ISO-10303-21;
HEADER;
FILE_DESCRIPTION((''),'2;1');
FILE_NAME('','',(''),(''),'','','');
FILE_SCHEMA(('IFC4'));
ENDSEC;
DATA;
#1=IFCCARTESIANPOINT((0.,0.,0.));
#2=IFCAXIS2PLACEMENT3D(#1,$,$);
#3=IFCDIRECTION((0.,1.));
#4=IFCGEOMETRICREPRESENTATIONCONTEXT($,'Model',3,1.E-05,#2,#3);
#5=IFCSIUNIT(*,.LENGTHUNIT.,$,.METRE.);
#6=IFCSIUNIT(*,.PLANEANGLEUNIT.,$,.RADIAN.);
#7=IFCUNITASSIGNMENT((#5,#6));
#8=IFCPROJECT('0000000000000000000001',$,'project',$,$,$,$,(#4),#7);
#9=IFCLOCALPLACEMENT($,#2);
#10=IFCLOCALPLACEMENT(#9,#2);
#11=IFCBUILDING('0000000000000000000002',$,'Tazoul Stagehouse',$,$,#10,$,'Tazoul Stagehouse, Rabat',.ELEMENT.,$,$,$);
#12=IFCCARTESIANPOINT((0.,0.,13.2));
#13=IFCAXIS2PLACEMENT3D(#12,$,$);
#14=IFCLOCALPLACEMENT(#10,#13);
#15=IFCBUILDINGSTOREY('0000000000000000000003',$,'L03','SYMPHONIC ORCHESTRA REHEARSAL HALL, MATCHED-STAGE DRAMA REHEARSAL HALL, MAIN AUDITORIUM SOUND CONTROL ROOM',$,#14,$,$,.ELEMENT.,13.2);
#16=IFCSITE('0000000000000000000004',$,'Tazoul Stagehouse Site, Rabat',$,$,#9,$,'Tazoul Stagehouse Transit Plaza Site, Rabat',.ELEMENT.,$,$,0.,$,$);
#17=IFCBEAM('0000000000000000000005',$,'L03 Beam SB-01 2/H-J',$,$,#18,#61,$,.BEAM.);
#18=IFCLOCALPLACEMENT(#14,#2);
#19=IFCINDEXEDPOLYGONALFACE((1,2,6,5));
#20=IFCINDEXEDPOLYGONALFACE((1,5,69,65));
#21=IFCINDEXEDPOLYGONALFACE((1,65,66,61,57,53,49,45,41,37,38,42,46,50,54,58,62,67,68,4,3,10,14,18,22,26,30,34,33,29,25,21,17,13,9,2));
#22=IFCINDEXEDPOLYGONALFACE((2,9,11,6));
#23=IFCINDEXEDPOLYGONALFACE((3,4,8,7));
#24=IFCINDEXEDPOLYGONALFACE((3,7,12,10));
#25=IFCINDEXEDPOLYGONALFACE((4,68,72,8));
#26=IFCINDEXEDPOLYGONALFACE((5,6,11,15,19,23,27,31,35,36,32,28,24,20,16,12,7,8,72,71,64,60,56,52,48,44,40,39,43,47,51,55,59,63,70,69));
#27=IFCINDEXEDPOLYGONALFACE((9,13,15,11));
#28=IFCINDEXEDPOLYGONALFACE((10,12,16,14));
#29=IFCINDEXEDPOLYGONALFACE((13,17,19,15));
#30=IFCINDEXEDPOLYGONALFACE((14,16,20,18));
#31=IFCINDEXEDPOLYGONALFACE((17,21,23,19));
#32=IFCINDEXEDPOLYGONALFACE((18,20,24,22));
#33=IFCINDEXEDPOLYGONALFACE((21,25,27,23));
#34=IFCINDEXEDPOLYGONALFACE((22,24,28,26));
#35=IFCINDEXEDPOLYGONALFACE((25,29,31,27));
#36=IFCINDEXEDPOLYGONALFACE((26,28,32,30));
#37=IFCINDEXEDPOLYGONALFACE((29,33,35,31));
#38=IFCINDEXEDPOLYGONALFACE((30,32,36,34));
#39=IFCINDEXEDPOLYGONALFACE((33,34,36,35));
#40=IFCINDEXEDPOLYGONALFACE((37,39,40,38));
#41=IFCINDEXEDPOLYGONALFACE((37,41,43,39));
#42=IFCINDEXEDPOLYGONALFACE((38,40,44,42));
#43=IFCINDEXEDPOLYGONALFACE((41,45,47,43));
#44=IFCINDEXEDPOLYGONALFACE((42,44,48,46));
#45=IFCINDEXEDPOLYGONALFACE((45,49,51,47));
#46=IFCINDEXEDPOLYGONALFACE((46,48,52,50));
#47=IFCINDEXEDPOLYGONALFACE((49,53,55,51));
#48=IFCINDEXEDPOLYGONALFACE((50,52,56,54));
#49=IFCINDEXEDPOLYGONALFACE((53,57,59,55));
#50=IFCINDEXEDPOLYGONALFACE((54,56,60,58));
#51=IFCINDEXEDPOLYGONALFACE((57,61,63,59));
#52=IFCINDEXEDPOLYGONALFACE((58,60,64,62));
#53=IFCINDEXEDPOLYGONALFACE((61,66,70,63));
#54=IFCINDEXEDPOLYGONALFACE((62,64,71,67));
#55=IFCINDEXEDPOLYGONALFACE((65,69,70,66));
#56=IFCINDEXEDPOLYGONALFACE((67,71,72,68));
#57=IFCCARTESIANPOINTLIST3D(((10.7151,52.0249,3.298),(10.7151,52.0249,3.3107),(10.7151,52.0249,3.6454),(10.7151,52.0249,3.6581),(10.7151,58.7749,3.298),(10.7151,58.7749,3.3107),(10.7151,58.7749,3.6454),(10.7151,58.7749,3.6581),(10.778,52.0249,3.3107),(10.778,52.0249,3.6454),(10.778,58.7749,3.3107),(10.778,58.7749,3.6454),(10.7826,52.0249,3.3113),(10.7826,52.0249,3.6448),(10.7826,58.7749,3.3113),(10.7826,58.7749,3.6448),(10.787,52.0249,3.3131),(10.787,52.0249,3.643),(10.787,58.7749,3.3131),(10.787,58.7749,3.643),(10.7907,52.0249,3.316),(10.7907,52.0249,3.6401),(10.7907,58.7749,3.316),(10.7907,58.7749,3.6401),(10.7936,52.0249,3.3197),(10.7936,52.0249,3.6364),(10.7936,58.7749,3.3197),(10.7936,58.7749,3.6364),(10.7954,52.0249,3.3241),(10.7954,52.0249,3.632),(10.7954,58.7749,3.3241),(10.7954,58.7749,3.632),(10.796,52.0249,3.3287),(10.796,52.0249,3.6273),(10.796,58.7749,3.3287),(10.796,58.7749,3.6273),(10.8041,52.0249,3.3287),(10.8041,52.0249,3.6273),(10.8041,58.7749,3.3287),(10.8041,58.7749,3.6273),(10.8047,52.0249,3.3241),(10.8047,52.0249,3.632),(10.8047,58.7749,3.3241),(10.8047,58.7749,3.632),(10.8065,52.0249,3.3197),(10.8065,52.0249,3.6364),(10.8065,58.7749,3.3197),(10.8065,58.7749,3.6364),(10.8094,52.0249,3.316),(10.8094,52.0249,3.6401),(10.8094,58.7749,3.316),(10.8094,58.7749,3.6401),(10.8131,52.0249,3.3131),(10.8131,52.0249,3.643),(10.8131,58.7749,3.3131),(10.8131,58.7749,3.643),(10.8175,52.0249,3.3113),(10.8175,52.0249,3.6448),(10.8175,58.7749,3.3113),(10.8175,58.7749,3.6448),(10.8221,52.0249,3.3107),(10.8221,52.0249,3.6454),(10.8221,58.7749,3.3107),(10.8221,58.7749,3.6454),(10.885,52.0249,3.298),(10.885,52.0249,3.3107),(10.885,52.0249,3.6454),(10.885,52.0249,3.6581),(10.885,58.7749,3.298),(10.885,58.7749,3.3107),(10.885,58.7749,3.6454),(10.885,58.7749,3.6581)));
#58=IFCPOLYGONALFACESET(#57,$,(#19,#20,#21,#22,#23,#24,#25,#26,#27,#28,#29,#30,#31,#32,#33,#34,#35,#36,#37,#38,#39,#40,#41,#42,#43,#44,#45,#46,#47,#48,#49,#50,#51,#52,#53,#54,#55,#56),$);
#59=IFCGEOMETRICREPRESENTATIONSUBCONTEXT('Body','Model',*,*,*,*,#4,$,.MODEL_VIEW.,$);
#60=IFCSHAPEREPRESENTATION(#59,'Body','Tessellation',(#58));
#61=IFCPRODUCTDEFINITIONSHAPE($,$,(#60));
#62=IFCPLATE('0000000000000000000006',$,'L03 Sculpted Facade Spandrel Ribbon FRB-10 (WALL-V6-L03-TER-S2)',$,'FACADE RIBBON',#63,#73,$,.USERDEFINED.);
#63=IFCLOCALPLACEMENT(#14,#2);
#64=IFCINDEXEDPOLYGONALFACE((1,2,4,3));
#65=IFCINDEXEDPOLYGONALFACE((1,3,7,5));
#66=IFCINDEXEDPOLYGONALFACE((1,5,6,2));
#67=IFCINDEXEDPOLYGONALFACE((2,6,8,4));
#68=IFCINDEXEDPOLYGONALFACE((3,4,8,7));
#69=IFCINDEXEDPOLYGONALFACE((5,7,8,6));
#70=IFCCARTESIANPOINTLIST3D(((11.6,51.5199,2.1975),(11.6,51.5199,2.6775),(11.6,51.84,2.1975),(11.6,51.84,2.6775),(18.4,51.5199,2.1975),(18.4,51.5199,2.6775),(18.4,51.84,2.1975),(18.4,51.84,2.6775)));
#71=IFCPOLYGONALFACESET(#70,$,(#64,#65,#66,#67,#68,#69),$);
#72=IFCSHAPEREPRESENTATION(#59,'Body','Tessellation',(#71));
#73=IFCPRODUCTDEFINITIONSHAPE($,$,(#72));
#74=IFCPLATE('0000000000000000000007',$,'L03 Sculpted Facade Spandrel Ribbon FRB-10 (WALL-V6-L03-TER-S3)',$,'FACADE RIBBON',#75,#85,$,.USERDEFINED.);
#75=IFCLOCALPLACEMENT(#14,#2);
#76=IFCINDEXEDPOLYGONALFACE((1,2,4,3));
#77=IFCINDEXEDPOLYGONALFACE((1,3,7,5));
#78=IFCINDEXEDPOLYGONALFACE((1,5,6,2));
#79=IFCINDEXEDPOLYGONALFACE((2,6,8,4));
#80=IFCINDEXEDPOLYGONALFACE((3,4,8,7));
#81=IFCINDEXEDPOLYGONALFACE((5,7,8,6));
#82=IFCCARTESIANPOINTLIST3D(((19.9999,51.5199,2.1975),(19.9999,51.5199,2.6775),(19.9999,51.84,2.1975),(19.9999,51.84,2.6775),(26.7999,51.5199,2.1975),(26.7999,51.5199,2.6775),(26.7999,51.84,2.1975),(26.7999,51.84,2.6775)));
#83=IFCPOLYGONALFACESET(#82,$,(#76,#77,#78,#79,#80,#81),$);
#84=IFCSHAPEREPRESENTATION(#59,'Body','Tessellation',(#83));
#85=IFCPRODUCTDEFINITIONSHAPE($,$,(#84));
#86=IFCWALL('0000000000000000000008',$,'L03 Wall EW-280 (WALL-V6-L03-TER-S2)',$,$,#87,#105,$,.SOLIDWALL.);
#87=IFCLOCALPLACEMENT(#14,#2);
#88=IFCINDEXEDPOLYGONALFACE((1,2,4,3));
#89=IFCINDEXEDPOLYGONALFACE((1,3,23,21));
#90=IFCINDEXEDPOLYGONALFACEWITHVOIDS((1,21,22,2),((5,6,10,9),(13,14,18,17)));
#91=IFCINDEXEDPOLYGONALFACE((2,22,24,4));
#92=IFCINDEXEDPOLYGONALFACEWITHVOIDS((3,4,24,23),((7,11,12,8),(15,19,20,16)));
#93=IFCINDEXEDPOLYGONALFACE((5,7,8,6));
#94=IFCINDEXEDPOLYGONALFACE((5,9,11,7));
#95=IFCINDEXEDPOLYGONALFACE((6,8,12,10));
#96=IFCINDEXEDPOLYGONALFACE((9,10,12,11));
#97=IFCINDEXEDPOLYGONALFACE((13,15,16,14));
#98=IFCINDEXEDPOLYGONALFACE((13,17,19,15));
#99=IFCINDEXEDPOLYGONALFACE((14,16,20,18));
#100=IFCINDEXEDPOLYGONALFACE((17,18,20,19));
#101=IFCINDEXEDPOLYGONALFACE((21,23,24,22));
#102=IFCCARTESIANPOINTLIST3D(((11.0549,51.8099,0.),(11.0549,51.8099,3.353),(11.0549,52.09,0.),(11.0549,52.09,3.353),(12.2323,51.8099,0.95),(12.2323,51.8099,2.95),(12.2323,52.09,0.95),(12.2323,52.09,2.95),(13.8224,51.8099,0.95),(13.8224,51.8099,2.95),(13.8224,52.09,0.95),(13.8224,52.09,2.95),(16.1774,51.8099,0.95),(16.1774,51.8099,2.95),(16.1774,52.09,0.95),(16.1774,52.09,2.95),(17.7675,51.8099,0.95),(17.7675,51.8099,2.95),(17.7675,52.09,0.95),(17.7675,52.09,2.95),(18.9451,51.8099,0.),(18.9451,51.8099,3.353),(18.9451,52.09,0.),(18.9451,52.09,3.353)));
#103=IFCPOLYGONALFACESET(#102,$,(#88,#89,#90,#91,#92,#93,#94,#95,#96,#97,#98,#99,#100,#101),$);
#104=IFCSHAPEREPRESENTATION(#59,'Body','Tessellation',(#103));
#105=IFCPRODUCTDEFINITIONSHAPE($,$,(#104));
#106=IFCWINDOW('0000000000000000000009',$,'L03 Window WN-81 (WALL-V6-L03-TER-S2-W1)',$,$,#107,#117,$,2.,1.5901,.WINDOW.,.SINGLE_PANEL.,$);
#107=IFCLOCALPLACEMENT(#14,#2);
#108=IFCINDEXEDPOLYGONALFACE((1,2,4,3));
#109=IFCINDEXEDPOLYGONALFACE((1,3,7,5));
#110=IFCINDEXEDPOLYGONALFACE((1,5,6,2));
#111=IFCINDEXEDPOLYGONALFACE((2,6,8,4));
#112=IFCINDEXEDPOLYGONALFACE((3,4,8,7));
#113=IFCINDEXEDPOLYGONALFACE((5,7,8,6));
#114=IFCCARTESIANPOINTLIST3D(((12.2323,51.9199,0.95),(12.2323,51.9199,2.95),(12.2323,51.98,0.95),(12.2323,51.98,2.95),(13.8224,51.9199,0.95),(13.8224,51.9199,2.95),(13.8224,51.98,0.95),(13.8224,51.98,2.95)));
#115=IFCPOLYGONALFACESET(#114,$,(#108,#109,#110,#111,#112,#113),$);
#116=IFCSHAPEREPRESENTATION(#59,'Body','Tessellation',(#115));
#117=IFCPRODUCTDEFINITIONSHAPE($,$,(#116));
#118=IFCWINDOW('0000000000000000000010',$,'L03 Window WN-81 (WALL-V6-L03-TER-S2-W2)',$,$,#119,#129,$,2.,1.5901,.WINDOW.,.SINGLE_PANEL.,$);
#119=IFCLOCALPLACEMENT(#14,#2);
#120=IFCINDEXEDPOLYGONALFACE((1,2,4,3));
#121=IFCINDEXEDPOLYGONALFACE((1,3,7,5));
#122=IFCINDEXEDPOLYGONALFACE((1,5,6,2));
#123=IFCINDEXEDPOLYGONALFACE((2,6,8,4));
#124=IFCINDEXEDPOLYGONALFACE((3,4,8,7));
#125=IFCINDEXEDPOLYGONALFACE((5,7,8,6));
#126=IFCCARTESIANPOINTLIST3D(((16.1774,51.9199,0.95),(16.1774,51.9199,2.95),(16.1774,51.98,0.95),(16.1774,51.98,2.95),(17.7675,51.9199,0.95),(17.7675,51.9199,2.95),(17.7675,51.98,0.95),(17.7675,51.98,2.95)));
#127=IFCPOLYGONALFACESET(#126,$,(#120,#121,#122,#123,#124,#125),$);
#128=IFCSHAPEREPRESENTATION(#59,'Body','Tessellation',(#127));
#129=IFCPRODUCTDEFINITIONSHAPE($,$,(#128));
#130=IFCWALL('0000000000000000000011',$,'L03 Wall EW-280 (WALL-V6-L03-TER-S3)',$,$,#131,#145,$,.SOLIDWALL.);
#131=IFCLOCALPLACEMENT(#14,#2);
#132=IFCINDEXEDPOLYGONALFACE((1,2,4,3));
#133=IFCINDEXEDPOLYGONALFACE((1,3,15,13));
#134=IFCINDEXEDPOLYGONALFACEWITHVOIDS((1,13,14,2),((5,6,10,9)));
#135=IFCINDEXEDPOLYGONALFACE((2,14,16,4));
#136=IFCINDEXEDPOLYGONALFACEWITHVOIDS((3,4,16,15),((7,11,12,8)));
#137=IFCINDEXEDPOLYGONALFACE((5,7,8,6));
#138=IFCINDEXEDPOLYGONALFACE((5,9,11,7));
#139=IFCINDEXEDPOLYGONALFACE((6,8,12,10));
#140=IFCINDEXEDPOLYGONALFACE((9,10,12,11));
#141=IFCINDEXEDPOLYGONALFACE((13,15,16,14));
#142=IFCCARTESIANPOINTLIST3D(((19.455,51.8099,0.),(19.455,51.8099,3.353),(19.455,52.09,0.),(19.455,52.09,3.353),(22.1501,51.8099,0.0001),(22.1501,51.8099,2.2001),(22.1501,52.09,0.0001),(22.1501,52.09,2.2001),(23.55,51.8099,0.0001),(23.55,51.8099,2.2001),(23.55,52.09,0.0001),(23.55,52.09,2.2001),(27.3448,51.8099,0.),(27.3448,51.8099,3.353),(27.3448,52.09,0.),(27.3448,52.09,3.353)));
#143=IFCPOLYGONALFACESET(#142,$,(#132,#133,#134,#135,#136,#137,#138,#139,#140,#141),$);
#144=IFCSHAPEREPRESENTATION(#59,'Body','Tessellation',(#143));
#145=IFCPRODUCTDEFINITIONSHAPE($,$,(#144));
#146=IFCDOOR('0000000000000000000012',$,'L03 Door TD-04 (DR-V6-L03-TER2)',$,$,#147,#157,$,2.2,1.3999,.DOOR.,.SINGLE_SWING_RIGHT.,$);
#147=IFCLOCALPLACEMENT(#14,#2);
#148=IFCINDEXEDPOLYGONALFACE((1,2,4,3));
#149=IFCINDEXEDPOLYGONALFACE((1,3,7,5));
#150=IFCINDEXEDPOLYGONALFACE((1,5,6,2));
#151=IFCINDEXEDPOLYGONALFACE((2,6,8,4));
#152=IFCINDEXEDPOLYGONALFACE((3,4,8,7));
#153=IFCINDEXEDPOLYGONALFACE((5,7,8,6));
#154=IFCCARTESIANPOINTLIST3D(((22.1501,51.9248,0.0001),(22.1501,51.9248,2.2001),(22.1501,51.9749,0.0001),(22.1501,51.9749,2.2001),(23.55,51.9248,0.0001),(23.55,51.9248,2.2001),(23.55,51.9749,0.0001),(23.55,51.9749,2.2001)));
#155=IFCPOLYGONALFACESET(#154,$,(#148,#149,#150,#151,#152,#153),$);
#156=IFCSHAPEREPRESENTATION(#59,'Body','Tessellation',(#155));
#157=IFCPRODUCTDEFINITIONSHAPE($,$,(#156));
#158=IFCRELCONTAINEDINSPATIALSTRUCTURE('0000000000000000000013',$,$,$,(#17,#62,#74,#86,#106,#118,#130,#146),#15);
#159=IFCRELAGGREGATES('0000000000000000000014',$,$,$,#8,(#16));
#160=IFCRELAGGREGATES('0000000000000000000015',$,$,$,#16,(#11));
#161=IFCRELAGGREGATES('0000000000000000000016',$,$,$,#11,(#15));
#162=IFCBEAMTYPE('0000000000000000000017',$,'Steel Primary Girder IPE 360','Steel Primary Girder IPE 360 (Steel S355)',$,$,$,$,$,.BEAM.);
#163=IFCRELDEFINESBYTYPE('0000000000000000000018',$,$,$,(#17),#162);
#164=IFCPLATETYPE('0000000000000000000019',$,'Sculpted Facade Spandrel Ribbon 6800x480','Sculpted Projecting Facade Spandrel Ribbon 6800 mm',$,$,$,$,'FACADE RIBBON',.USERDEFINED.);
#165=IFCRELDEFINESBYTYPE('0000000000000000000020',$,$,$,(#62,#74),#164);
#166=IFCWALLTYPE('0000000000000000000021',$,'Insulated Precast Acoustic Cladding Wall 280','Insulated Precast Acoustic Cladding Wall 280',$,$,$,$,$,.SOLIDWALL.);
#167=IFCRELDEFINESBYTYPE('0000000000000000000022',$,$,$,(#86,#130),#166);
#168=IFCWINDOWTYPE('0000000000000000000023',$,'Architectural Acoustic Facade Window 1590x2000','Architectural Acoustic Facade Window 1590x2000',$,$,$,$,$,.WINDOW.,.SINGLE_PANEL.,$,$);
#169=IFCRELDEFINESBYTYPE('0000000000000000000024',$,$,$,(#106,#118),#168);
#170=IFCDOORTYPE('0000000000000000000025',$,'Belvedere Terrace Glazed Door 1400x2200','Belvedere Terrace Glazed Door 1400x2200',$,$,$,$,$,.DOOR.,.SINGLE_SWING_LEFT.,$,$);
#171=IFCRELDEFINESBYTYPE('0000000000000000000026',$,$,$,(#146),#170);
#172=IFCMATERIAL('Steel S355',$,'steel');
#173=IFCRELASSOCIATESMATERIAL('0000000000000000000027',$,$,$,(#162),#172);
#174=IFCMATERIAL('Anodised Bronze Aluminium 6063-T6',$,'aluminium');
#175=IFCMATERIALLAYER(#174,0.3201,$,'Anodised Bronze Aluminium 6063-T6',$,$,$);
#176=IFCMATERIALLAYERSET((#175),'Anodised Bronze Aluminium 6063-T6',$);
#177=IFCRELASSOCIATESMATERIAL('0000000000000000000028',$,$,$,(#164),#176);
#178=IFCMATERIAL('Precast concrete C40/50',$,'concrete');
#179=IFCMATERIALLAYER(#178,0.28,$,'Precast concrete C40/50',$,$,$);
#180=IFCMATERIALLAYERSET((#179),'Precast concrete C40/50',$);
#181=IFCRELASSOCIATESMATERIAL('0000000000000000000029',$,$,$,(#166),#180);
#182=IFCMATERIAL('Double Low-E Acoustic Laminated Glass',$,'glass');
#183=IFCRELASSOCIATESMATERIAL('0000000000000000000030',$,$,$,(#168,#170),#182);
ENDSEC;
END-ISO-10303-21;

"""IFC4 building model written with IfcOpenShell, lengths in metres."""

from ifc_helpers import new_model, si_unit, direction, frame, frame_2d, origin, origin_2d, place, context, subcontext, project, spatial, rectangle, i_section, extrude, material, layer, layer_set, material_profile, profile_set, type_object, element, fill, save


model = new_model("IFC4")

# Units and contexts
model_context = context("Model", 3, precision=1e-05, world=origin(), true_north=direction((0.0, 1.0)))
body_context = subcontext(model_context, "Body", "Model", "MODEL_VIEW")
ifc_project = project(units=[si_unit("LENGTHUNIT", "METRE"), si_unit("PLANEANGLEUNIT", "RADIAN")], contexts=[model_context])

# Site, building, storey
site_placement = place(None, origin())
site = spatial("IfcSite", under=ifc_project, at=site_placement, Name="Tazoul Stagehouse Site, Rabat", LongName="Tazoul Stagehouse Transit Plaza Site, Rabat", CompositionType="ELEMENT", RefElevation=0.0)
building_placement = place(site_placement, origin())
building = spatial("IfcBuilding", under=site, at=building_placement, Name="Tazoul Stagehouse", LongName="Tazoul Stagehouse, Rabat", CompositionType="ELEMENT")
storey_placement = place(building_placement, frame((0.0, 0.0, 13.2)))
storey = spatial("IfcBuildingStorey", under=building, at=storey_placement, Name="L03", Description="SYMPHONIC ORCHESTRA REHEARSAL HALL, MATCHED-STAGE DRAMA REHEARSAL HALL, MAIN AUDITORIUM SOUND CONTROL ROOM", CompositionType="ELEMENT", Elevation=13.2)

# Beam
ifc_material_1 = material(Name="Steel S355", Category="steel")
ifc_material_profile_1 = material_profile(ifc_material_1, i_section(OverallWidth=0.1699, OverallDepth=0.3601, WebThickness=0.0081, FlangeThickness=0.0127, FilletRadius=0.0181, at=origin_2d()), Name="IPE 360")
ifc_profile_set_1 = profile_set([ifc_material_profile_1], Name="Steel S355")
beam_type_1 = type_object("IfcBeamType", Name="Steel Primary Girder IPE 360", Description="Steel Primary Girder IPE 360 (Steel S355)", PredefinedType="BEAM", material=ifc_profile_set_1)
beam_1_placement = place(storey_placement, frame((10.8, 52.0249, 3.478), z_axis=(0.0, 1.0, 0.0), x_axis=(-1.0, 0.0, 0.0)))
element("IfcBeam", 1, at=beam_1_placement, inside=storey, type_object=beam_type_1, Name="L03 Beam SB-01 2/H-J", PredefinedType="BEAM", context=body_context, shape_type="SweptSolid", body=[
    extrude(i_section(OverallWidth=0.1699, OverallDepth=0.3601, WebThickness=0.0081, FlangeThickness=0.0127, FilletRadius=0.0181, at=origin_2d()), origin(), (0.0, 0.0, 1.0), 6.75),
])

# Plates
ifc_material_2 = material(Name="Anodised Bronze Aluminium 6063-T6", Category="aluminium")
ifc_layer_1 = layer(ifc_material_2, 0.3201, Name="Anodised Bronze Aluminium 6063-T6")
ifc_layer_set_1 = layer_set([ifc_layer_1], Name="Anodised Bronze Aluminium 6063-T6")
plate_type = type_object("IfcPlateType", Name="Sculpted Facade Spandrel Ribbon 6800x480", Description="Sculpted Projecting Facade Spandrel Ribbon 6800 mm", ElementType="FACADE RIBBON", PredefinedType="USERDEFINED", material=ifc_layer_set_1)
for number, where, z_axis, x_axis, name in (
    (2, (15.0, 51.6799, 2.1975), (0.0, 0.0, 1.0), (1.0, 0.0, 0.0), "L03 Sculpted Facade Spandrel Ribbon FRB-10 (WALL-V6-L03-TER-S2)"),
    (3, (23.3999, 51.6799, 2.1975), (0.0, 0.0, 1.0), (1.0, 0.0, 0.0), "L03 Sculpted Facade Spandrel Ribbon FRB-10 (WALL-V6-L03-TER-S3)"),
):
    element("IfcPlate", number, at=place(storey_placement, frame(where, z_axis=z_axis, x_axis=x_axis)), inside=storey, type_object=plate_type, Name=name, ObjectType="FACADE RIBBON", PredefinedType="USERDEFINED", context=body_context, shape_type="SweptSolid", body=[
        extrude(rectangle(XDim=6.8, YDim=0.3201, at=origin_2d()), origin(), (0.0, 0.0, 1.0), 0.48),
    ])

# Wall, openings, windows
ifc_material_3 = material(Name="Precast concrete C40/50", Category="concrete")
ifc_layer_2 = layer(ifc_material_3, 0.28, Name="Precast concrete C40/50")
ifc_layer_set_2 = layer_set([ifc_layer_2], Name="Precast concrete C40/50")
wall_type = type_object("IfcWallType", Name="Insulated Precast Acoustic Cladding Wall 280", Description="Insulated Precast Acoustic Cladding Wall 280", PredefinedType="SOLIDWALL", material=ifc_layer_set_2)
wall_1_placement = place(storey_placement, frame((11.0549, 51.95, 0.0), z_axis=(0.0, 0.0, 1.0), x_axis=(1.0, 0.0, 0.0)))
wall_1 = element("IfcWall", 4, at=wall_1_placement, inside=storey, type_object=wall_type, Name="L03 Wall EW-280 (WALL-V6-L03-TER-S2)", PredefinedType="SOLIDWALL", context=body_context, shape_type="SweptSolid", body=[
    extrude(rectangle(XDim=7.8901, YDim=0.28, at=frame_2d((3.9451, 0.0))), origin(), (0.0, 0.0, 1.0), 3.353),
])
opening_1_placement = place(wall_1_placement, frame((1.1775, 0.0, 0.95)))
opening_1 = element("IfcOpeningElement", 5, at=opening_1_placement, cuts=wall_1, PredefinedType="OPENING", context=body_context, shape_type="SweptSolid", body=[
    extrude(rectangle(XDim=1.5901, YDim=2.0, at=frame_2d((0.7949, 1.0))), frame((0.0, 0.1599, 0.0), z_axis=(0.0, -1.0, 0.0), x_axis=(1.0, 0.0, 0.0)), (0.0, 0.0, 1.0), 0.3201),
])
opening_2_placement = place(wall_1_placement, frame((5.1226, 0.0, 0.95)))
opening_2 = element("IfcOpeningElement", 6, at=opening_2_placement, cuts=wall_1, PredefinedType="OPENING", context=body_context, shape_type="SweptSolid", body=[
    extrude(rectangle(XDim=1.5901, YDim=2.0, at=frame_2d((0.7949, 1.0))), frame((0.0, 0.1599, 0.0), z_axis=(0.0, -1.0, 0.0), x_axis=(1.0, 0.0, 0.0)), (0.0, 0.0, 1.0), 0.3201),
])
ifc_material_4 = material(Name="Double Low-E Acoustic Laminated Glass", Category="glass")
window_type = type_object("IfcWindowType", Name="Architectural Acoustic Facade Window 1590x2000", Description="Architectural Acoustic Facade Window 1590x2000", PartitioningType="SINGLE_PANEL", PredefinedType="WINDOW", material=ifc_material_4)
window_1_placement = place(opening_1_placement, origin())
window_1 = element("IfcWindow", 7, at=window_1_placement, inside=storey, type_object=window_type, Name="L03 Window WN-81 (WALL-V6-L03-TER-S2-W1)", OverallHeight=2.0, OverallWidth=1.5901, PartitioningType="SINGLE_PANEL", PredefinedType="WINDOW", context=body_context, shape_type="SweptSolid", body=[
    extrude(rectangle(XDim=1.5901, YDim=2.0, at=frame_2d((0.7949, 1.0))), frame((0.0, 0.03, 0.0), z_axis=(0.0, -1.0, 0.0), x_axis=(1.0, 0.0, 0.0)), (0.0, 0.0, 1.0), 0.0601),
])
fill(opening_1, window_1)
window_2_placement = place(opening_2_placement, origin())
window_2 = element("IfcWindow", 8, at=window_2_placement, inside=storey, type_object=window_type, Name="L03 Window WN-81 (WALL-V6-L03-TER-S2-W2)", OverallHeight=2.0, OverallWidth=1.5901, PartitioningType="SINGLE_PANEL", PredefinedType="WINDOW", context=body_context, shape_type="SweptSolid", body=[
    extrude(rectangle(XDim=1.5901, YDim=2.0, at=frame_2d((0.7949, 1.0))), frame((0.0, 0.03, 0.0), z_axis=(0.0, -1.0, 0.0), x_axis=(1.0, 0.0, 0.0)), (0.0, 0.0, 1.0), 0.0601),
])
fill(opening_2, window_2)

# Wall, opening, door
wall_2_placement = place(storey_placement, frame((19.4551, 51.95, 0.0), z_axis=(0.0, 0.0, 1.0), x_axis=(1.0, 0.0, 0.0)))
wall_2 = element("IfcWall", 9, at=wall_2_placement, inside=storey, type_object=wall_type, Name="L03 Wall EW-280 (WALL-V6-L03-TER-S3)", PredefinedType="SOLIDWALL", context=body_context, shape_type="SweptSolid", body=[
    extrude(rectangle(XDim=7.8899, YDim=0.28, at=frame_2d((3.9448, 0.0))), origin(), (0.0, 0.0, 1.0), 3.353),
])
opening_3_placement = place(wall_2_placement, frame((2.6951, 0.0, 0.0)))
opening_3 = element("IfcOpeningElement", 10, at=opening_3_placement, cuts=wall_2, PredefinedType="OPENING", context=body_context, shape_type="SweptSolid", body=[
    extrude(rectangle(XDim=1.3999, YDim=2.2, at=frame_2d((0.7, 1.1001))), frame((0.0, 0.1599, 0.0), z_axis=(0.0, -1.0, 0.0), x_axis=(1.0, 0.0, 0.0)), (0.0, 0.0, 1.0), 0.3201),
])
door_type = type_object("IfcDoorType", Name="Belvedere Terrace Glazed Door 1400x2200", Description="Belvedere Terrace Glazed Door 1400x2200", OperationType="SINGLE_SWING_LEFT", PredefinedType="DOOR", material=ifc_material_4)
door_placement = place(opening_3_placement, origin())
door = element("IfcDoor", 11, at=door_placement, inside=storey, type_object=door_type, Name="L03 Door TD-04 (DR-V6-L03-TER2)", OperationType="SINGLE_SWING_RIGHT", OverallHeight=2.2, OverallWidth=1.3999, PredefinedType="DOOR", context=body_context, shape_type="SweptSolid", body=[
    extrude(rectangle(XDim=1.3999, YDim=2.2, at=frame_2d((0.7, 1.1001))), frame((0.0, 0.0249, 0.0), z_axis=(0.0, -1.0, 0.0), x_axis=(1.0, 0.0, 0.0)), (0.0, 0.0, 1.0), 0.05),
])
fill(opening_3, door)

save(model, "model.ifc")
